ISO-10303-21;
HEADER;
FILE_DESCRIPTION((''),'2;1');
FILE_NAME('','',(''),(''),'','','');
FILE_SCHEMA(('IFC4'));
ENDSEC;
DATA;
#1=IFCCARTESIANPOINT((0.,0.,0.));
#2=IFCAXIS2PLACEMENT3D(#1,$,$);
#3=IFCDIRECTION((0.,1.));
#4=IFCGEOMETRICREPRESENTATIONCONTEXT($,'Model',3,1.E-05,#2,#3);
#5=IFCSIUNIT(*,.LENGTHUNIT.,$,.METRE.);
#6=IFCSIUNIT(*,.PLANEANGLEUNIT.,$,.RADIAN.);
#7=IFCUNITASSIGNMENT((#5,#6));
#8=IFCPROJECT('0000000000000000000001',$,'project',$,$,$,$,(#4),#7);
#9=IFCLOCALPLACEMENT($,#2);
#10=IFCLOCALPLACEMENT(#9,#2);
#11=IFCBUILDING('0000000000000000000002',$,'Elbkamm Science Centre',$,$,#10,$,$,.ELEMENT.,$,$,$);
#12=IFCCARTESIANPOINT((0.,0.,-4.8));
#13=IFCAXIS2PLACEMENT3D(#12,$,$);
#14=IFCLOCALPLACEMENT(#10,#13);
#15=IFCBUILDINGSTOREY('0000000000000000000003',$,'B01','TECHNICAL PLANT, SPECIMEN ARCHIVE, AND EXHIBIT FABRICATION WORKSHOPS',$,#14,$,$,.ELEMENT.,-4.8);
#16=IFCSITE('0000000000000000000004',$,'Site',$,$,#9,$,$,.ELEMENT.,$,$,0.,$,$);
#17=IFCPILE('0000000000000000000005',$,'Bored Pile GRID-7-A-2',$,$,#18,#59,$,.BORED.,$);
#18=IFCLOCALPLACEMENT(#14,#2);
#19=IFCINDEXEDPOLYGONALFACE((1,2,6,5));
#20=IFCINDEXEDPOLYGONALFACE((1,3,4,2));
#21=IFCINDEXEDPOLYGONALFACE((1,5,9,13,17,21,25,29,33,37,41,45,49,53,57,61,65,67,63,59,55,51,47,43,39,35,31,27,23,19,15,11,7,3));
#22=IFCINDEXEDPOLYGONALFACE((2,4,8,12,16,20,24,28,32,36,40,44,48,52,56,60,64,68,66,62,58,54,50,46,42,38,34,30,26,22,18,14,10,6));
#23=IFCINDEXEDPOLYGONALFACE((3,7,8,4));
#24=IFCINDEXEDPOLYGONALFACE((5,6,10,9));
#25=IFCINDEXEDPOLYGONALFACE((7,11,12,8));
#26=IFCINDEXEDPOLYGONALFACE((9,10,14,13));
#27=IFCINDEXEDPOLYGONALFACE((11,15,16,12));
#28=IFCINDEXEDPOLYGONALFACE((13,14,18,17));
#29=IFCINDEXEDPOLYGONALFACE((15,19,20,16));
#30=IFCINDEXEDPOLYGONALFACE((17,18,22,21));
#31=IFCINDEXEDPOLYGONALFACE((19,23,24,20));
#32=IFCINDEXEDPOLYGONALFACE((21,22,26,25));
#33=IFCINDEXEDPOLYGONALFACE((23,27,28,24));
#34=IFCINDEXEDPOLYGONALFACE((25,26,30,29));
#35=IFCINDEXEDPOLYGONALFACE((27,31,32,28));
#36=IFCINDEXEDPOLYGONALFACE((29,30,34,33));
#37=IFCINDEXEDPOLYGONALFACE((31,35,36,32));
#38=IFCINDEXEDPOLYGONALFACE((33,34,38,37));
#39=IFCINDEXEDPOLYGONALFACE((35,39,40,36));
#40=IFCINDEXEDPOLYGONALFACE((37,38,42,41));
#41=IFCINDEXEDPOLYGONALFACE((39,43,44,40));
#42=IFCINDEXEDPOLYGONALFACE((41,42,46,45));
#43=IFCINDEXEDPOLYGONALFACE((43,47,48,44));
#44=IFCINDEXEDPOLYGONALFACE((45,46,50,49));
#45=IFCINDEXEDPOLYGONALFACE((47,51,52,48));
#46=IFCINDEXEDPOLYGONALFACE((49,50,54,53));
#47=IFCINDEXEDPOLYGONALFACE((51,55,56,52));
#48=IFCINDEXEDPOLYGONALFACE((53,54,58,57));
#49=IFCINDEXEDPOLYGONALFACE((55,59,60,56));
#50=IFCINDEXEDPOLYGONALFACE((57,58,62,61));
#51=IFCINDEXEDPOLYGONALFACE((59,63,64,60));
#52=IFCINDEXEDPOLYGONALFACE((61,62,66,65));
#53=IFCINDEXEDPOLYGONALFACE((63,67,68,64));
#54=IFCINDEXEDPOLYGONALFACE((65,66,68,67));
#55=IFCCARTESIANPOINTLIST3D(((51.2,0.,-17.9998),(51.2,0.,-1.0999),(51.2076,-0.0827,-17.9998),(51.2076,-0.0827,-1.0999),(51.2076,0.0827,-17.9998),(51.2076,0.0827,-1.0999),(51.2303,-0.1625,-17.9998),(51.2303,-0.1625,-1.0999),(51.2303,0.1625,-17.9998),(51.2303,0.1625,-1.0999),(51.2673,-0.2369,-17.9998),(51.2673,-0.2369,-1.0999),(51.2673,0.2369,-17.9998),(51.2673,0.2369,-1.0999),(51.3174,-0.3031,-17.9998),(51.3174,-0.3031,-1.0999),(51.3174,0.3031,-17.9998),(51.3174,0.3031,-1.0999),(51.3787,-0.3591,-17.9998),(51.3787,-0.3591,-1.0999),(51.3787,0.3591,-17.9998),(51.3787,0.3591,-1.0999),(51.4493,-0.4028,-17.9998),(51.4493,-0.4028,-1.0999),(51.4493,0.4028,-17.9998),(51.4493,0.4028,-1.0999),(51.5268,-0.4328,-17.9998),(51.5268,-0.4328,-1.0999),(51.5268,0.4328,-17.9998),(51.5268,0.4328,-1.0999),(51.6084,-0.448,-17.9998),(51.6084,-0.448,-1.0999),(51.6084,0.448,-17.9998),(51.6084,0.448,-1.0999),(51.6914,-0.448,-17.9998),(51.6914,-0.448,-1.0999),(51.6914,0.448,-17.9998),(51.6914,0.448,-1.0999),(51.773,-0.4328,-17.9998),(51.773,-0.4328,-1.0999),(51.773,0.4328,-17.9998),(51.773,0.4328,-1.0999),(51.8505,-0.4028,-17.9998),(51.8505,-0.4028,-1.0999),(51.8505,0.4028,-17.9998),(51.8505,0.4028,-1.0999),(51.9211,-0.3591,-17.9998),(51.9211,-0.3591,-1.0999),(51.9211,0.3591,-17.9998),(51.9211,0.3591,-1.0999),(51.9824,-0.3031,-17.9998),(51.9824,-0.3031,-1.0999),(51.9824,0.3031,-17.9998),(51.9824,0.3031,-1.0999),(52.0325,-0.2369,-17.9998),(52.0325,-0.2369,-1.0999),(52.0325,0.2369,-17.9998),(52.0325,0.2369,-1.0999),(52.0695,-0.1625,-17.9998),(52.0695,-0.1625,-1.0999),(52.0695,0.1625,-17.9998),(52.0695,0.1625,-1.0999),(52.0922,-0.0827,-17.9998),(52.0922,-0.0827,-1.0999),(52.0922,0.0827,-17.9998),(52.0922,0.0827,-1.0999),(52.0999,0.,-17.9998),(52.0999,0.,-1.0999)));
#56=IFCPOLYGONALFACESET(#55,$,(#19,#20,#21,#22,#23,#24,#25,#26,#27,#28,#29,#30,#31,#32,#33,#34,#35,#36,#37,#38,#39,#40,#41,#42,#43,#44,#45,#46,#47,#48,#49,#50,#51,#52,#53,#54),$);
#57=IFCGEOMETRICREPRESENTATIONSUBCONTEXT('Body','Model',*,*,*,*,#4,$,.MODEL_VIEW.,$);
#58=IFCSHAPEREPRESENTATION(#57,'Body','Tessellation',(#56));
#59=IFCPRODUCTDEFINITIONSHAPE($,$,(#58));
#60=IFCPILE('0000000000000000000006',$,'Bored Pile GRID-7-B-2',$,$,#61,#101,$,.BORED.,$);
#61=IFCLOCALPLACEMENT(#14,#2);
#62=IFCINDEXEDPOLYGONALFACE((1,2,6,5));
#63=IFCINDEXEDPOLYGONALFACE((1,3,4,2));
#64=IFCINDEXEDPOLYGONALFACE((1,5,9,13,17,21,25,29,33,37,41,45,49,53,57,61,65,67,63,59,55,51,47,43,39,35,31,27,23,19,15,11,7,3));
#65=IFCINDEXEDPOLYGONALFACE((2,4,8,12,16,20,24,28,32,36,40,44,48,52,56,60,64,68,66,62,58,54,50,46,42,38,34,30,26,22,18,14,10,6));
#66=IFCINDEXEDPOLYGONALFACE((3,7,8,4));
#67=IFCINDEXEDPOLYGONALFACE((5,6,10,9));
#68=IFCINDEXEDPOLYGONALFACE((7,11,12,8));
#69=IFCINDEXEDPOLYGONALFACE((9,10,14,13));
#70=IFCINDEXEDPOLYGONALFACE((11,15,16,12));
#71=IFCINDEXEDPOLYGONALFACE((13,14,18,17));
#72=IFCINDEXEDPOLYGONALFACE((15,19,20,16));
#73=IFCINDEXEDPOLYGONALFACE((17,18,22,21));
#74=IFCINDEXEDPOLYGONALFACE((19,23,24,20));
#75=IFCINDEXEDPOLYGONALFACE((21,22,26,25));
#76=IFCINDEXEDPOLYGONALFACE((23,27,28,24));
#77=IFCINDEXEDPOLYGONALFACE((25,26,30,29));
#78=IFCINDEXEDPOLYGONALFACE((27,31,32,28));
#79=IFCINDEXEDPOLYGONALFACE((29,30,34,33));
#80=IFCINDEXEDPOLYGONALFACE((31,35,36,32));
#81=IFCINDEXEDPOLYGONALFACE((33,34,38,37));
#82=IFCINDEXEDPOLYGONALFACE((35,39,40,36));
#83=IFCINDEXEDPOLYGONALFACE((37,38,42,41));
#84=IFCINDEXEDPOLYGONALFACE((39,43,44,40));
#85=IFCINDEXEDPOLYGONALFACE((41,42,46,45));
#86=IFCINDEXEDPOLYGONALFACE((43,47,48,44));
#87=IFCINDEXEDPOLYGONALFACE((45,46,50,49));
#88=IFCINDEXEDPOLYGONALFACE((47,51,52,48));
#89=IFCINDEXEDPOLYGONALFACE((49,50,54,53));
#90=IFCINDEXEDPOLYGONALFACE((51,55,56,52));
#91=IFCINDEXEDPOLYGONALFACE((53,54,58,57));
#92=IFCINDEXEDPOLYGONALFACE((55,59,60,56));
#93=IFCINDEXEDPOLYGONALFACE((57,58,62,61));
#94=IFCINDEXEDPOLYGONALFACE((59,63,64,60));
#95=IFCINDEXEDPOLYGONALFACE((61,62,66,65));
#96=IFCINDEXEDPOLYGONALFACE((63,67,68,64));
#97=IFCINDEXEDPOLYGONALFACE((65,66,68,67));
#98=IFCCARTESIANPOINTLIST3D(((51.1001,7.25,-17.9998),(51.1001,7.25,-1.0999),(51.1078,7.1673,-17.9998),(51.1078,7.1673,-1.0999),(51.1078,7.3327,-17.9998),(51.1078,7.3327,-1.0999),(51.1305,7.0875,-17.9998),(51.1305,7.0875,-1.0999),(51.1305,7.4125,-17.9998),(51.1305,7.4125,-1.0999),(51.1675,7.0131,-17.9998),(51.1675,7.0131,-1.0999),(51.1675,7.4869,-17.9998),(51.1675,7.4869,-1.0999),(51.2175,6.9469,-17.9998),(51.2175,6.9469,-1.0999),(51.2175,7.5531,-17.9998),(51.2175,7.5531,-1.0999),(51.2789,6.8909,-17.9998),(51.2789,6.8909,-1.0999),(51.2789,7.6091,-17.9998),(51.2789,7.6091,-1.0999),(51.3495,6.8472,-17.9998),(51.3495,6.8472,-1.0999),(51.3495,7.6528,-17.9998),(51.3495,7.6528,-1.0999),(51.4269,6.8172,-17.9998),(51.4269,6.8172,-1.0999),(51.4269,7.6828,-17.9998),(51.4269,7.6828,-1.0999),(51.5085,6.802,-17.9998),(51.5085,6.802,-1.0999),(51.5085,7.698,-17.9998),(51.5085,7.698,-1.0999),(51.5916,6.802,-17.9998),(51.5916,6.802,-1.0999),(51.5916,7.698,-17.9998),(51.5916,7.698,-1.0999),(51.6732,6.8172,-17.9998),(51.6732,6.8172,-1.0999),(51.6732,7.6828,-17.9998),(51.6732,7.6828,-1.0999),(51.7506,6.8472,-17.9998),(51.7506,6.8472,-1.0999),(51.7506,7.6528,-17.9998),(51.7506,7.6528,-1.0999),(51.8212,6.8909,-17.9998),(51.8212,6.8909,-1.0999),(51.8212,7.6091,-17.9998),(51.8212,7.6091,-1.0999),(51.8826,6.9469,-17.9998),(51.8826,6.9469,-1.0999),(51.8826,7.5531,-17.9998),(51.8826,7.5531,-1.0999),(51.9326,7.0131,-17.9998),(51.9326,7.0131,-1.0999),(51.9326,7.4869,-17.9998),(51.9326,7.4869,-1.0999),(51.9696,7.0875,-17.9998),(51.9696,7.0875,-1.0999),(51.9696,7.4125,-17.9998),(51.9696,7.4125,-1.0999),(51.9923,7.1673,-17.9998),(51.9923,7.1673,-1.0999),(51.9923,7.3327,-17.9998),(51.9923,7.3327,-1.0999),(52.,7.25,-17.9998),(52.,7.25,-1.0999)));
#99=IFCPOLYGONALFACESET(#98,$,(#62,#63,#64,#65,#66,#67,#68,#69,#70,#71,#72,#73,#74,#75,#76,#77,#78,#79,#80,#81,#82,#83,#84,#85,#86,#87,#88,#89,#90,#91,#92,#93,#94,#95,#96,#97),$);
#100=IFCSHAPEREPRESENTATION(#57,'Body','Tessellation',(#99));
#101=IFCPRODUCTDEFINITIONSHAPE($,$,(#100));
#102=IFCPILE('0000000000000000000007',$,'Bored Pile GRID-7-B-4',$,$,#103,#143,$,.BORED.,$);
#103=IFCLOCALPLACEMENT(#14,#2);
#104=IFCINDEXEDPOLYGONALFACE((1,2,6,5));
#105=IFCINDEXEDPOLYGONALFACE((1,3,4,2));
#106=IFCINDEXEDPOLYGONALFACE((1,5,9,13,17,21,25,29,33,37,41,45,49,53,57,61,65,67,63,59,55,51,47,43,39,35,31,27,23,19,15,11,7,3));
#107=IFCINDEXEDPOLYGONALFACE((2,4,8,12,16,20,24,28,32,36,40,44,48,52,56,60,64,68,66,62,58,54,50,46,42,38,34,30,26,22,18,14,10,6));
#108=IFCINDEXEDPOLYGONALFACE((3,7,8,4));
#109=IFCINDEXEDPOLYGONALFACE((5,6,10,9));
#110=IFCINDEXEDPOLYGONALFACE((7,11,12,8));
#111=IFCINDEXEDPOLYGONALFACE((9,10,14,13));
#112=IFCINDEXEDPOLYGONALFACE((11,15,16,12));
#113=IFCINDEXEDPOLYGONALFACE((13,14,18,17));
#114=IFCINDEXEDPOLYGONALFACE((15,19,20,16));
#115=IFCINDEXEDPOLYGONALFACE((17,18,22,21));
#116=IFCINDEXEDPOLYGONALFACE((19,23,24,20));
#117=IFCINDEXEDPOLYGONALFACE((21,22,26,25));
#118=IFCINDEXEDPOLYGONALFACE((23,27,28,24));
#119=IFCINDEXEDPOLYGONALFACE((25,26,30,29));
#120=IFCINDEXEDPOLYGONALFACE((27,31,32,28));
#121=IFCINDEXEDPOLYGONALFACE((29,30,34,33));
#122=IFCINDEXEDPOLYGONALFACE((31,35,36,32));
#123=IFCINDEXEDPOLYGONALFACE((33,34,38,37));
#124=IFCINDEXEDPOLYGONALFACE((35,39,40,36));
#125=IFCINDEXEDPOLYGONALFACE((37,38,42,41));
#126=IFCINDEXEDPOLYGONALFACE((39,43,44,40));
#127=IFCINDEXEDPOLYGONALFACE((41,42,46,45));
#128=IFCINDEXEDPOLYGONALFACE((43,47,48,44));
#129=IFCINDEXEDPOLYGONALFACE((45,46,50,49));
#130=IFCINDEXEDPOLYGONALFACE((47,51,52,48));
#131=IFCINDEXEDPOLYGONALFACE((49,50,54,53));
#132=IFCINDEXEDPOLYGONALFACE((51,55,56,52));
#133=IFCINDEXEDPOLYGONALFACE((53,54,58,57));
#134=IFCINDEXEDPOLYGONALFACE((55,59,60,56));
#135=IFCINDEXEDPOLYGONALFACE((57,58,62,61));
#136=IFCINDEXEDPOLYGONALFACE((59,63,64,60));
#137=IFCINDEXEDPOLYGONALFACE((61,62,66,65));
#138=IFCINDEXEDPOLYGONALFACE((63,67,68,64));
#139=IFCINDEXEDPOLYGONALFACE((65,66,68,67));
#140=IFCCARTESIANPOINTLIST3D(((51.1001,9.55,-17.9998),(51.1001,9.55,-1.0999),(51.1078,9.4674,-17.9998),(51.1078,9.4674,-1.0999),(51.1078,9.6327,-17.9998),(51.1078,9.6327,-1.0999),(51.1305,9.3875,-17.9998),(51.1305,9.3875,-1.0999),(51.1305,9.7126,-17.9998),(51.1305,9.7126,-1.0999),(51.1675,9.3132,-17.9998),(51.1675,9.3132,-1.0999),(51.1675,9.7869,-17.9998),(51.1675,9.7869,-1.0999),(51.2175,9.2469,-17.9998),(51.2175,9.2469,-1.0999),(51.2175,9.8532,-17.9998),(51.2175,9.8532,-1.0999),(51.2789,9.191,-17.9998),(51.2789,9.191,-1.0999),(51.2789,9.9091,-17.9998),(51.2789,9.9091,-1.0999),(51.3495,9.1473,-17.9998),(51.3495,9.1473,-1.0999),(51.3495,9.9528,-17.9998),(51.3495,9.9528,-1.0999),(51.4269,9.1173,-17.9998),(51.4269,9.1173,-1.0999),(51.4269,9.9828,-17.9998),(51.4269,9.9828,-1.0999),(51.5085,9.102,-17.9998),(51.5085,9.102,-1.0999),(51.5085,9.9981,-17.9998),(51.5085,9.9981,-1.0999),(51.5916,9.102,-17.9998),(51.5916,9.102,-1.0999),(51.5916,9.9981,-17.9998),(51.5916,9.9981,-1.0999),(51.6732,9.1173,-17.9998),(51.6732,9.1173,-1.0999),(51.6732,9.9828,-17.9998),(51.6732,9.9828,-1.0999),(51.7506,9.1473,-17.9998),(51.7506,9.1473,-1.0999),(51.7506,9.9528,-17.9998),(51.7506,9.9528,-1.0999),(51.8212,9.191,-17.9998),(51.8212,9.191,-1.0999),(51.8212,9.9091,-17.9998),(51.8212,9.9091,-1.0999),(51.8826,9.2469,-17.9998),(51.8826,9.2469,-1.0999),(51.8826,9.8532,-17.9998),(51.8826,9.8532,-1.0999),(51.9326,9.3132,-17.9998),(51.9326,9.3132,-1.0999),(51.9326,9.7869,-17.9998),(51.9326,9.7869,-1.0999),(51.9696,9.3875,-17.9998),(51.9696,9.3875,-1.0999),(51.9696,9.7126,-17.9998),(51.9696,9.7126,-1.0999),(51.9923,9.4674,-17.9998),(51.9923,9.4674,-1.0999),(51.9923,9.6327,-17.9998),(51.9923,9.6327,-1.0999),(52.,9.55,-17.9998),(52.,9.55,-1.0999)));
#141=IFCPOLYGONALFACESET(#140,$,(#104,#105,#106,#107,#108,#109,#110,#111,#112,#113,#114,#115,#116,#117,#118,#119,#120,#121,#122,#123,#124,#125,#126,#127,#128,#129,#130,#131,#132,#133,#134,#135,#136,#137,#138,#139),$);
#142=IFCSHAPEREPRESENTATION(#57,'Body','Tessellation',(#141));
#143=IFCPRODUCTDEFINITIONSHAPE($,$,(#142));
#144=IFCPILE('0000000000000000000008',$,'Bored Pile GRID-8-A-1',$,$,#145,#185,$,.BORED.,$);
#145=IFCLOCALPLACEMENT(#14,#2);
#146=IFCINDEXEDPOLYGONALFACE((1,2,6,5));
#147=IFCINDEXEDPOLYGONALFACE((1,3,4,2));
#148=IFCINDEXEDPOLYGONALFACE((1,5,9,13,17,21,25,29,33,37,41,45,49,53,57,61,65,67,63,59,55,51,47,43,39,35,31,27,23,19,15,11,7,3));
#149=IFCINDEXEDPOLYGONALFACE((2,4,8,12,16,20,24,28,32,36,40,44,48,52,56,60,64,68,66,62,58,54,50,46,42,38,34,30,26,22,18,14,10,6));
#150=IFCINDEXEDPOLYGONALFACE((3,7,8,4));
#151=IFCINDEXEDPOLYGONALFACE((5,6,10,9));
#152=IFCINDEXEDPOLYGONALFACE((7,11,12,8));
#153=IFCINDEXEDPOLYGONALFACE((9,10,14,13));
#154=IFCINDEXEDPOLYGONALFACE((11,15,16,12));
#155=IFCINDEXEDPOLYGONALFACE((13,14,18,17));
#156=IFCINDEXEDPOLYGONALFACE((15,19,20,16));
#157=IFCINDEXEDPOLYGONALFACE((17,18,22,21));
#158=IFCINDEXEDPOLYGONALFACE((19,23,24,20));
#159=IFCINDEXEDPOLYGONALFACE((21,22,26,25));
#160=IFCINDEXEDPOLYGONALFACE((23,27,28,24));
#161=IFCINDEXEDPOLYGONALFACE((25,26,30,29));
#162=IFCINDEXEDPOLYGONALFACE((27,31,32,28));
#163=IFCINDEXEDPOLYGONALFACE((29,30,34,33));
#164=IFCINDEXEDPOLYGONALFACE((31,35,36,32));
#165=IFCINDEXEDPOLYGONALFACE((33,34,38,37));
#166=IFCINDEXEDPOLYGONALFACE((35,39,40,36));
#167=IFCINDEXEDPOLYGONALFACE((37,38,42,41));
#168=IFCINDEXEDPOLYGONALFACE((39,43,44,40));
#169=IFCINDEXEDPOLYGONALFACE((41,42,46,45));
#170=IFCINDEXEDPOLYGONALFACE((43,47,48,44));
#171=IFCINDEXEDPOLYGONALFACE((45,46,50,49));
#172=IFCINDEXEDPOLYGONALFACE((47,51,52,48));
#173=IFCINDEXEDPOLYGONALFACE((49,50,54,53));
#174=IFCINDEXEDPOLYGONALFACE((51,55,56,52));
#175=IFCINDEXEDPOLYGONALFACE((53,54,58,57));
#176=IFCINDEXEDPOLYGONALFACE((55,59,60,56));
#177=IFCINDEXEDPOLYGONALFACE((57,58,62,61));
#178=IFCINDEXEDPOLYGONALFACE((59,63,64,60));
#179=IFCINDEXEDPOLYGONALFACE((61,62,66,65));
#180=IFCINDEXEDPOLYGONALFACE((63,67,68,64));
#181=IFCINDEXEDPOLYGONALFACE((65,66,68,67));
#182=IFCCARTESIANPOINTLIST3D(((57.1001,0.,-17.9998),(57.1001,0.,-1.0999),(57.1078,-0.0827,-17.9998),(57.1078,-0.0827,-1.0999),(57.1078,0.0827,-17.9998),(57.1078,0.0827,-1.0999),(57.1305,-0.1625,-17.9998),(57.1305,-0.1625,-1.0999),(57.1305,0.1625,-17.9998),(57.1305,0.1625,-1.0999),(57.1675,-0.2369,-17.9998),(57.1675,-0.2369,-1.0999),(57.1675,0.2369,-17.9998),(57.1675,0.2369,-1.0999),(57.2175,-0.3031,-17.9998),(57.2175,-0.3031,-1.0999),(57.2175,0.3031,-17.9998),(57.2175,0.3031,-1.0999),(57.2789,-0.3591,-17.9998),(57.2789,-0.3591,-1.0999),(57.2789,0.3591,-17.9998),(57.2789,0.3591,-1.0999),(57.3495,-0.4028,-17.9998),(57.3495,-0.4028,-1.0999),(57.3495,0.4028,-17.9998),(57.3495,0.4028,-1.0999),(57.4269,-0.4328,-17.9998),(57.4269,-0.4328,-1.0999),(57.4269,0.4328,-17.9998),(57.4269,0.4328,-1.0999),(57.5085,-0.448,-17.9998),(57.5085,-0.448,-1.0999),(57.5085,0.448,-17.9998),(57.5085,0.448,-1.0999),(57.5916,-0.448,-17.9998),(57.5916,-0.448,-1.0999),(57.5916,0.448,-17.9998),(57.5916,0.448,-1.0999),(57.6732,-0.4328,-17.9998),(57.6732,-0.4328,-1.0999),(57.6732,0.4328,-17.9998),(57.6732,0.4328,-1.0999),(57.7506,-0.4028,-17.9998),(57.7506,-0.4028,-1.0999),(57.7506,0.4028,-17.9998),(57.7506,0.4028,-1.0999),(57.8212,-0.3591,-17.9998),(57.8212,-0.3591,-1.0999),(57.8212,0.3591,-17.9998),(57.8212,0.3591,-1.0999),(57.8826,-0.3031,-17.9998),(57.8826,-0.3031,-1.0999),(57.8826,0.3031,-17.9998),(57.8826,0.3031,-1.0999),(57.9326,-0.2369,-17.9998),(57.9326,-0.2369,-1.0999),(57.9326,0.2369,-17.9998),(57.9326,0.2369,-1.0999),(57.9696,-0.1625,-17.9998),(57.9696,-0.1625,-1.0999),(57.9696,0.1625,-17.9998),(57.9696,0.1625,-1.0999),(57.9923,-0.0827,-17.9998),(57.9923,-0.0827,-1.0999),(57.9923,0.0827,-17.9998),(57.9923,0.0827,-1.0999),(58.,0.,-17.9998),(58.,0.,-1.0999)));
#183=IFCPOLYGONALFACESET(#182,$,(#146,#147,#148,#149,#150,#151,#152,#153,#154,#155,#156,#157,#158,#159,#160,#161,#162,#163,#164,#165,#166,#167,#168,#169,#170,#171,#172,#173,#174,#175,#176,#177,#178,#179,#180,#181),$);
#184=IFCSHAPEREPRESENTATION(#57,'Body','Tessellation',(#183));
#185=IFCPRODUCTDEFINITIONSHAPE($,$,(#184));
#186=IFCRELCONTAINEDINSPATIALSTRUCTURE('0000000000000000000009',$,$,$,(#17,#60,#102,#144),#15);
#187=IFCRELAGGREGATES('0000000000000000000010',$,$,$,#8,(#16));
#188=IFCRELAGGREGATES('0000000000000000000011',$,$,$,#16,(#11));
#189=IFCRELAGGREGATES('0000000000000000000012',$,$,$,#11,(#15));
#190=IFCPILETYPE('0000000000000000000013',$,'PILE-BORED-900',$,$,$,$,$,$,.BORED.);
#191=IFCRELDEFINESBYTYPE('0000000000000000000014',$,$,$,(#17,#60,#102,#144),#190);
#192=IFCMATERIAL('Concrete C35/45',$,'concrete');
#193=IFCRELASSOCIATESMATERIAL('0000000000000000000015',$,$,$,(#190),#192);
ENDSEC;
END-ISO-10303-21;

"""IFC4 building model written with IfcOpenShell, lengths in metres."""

from ifc_helpers import new_model, si_unit, direction, frame, origin, origin_2d, place, context, subcontext, project, spatial, circle, extrude, material, material_profile, profile_set, type_object, element, save


model = new_model("IFC4")

# Units and contexts
model_context = context("Model", 3, precision=1e-05, world=origin(), true_north=direction((0.0, 1.0)))
body_context = subcontext(model_context, "Body", "Model", "MODEL_VIEW")
ifc_project = project(units=[si_unit("LENGTHUNIT", "METRE"), si_unit("PLANEANGLEUNIT", "RADIAN")], contexts=[model_context])

# Site, building, storey
site_placement = place(None, origin())
site = spatial("IfcSite", under=ifc_project, at=site_placement, Name="Site", CompositionType="ELEMENT", RefElevation=0.0)
building_placement = place(site_placement, origin())
building = spatial("IfcBuilding", under=site, at=building_placement, Name="Elbkamm Science Centre", CompositionType="ELEMENT")
storey_placement = place(building_placement, frame((0.0, 0.0, -4.8)))
storey = spatial("IfcBuildingStorey", under=building, at=storey_placement, Name="B01", Description="TECHNICAL PLANT, SPECIMEN ARCHIVE, AND EXHIBIT FABRICATION WORKSHOPS", CompositionType="ELEMENT", Elevation=-4.8)

# Shared definitions
ifc_material_1 = material(Name="Concrete C35/45", Category="concrete")

# Piles
ifc_material_profile_1 = material_profile(ifc_material_1, circle(Radius=0.45, at=origin_2d()), Name="PILE D900")
ifc_profile_set_1 = profile_set([ifc_material_profile_1], Name="Concrete C35/45")
pile_type = type_object("IfcPileType", Name="PILE-BORED-900", PredefinedType="BORED", material=ifc_profile_set_1)
for number, where, z_axis, x_axis, name in (
    (1, (51.6499, 0.0, -1.0999), (0.0, 0.0, -1.0), (1.0, 0.0, 0.0), "Bored Pile GRID-7-A-2"),
    (2, (51.55, 7.25, -1.0999), (0.0, 0.0, -1.0), (1.0, 0.0, 0.0), "Bored Pile GRID-7-B-2"),
    (3, (51.55, 9.55, -1.0999), (0.0, 0.0, -1.0), (1.0, 0.0, 0.0), "Bored Pile GRID-7-B-4"),
    (4, (57.55, 0.0, -1.0999), (0.0, 0.0, -1.0), (1.0, 0.0, 0.0), "Bored Pile GRID-8-A-1"),
):
    element("IfcPile", number, at=place(storey_placement, frame(where, z_axis=z_axis, x_axis=x_axis)), inside=storey, type_object=pile_type, Name=name, PredefinedType="BORED", context=body_context, shape_type="SweptSolid", body=[
        extrude(circle(Radius=0.45, at=origin_2d()), origin(), (0.0, 0.0, 1.0), 16.8999),
    ])

save(model, "model.ifc")
